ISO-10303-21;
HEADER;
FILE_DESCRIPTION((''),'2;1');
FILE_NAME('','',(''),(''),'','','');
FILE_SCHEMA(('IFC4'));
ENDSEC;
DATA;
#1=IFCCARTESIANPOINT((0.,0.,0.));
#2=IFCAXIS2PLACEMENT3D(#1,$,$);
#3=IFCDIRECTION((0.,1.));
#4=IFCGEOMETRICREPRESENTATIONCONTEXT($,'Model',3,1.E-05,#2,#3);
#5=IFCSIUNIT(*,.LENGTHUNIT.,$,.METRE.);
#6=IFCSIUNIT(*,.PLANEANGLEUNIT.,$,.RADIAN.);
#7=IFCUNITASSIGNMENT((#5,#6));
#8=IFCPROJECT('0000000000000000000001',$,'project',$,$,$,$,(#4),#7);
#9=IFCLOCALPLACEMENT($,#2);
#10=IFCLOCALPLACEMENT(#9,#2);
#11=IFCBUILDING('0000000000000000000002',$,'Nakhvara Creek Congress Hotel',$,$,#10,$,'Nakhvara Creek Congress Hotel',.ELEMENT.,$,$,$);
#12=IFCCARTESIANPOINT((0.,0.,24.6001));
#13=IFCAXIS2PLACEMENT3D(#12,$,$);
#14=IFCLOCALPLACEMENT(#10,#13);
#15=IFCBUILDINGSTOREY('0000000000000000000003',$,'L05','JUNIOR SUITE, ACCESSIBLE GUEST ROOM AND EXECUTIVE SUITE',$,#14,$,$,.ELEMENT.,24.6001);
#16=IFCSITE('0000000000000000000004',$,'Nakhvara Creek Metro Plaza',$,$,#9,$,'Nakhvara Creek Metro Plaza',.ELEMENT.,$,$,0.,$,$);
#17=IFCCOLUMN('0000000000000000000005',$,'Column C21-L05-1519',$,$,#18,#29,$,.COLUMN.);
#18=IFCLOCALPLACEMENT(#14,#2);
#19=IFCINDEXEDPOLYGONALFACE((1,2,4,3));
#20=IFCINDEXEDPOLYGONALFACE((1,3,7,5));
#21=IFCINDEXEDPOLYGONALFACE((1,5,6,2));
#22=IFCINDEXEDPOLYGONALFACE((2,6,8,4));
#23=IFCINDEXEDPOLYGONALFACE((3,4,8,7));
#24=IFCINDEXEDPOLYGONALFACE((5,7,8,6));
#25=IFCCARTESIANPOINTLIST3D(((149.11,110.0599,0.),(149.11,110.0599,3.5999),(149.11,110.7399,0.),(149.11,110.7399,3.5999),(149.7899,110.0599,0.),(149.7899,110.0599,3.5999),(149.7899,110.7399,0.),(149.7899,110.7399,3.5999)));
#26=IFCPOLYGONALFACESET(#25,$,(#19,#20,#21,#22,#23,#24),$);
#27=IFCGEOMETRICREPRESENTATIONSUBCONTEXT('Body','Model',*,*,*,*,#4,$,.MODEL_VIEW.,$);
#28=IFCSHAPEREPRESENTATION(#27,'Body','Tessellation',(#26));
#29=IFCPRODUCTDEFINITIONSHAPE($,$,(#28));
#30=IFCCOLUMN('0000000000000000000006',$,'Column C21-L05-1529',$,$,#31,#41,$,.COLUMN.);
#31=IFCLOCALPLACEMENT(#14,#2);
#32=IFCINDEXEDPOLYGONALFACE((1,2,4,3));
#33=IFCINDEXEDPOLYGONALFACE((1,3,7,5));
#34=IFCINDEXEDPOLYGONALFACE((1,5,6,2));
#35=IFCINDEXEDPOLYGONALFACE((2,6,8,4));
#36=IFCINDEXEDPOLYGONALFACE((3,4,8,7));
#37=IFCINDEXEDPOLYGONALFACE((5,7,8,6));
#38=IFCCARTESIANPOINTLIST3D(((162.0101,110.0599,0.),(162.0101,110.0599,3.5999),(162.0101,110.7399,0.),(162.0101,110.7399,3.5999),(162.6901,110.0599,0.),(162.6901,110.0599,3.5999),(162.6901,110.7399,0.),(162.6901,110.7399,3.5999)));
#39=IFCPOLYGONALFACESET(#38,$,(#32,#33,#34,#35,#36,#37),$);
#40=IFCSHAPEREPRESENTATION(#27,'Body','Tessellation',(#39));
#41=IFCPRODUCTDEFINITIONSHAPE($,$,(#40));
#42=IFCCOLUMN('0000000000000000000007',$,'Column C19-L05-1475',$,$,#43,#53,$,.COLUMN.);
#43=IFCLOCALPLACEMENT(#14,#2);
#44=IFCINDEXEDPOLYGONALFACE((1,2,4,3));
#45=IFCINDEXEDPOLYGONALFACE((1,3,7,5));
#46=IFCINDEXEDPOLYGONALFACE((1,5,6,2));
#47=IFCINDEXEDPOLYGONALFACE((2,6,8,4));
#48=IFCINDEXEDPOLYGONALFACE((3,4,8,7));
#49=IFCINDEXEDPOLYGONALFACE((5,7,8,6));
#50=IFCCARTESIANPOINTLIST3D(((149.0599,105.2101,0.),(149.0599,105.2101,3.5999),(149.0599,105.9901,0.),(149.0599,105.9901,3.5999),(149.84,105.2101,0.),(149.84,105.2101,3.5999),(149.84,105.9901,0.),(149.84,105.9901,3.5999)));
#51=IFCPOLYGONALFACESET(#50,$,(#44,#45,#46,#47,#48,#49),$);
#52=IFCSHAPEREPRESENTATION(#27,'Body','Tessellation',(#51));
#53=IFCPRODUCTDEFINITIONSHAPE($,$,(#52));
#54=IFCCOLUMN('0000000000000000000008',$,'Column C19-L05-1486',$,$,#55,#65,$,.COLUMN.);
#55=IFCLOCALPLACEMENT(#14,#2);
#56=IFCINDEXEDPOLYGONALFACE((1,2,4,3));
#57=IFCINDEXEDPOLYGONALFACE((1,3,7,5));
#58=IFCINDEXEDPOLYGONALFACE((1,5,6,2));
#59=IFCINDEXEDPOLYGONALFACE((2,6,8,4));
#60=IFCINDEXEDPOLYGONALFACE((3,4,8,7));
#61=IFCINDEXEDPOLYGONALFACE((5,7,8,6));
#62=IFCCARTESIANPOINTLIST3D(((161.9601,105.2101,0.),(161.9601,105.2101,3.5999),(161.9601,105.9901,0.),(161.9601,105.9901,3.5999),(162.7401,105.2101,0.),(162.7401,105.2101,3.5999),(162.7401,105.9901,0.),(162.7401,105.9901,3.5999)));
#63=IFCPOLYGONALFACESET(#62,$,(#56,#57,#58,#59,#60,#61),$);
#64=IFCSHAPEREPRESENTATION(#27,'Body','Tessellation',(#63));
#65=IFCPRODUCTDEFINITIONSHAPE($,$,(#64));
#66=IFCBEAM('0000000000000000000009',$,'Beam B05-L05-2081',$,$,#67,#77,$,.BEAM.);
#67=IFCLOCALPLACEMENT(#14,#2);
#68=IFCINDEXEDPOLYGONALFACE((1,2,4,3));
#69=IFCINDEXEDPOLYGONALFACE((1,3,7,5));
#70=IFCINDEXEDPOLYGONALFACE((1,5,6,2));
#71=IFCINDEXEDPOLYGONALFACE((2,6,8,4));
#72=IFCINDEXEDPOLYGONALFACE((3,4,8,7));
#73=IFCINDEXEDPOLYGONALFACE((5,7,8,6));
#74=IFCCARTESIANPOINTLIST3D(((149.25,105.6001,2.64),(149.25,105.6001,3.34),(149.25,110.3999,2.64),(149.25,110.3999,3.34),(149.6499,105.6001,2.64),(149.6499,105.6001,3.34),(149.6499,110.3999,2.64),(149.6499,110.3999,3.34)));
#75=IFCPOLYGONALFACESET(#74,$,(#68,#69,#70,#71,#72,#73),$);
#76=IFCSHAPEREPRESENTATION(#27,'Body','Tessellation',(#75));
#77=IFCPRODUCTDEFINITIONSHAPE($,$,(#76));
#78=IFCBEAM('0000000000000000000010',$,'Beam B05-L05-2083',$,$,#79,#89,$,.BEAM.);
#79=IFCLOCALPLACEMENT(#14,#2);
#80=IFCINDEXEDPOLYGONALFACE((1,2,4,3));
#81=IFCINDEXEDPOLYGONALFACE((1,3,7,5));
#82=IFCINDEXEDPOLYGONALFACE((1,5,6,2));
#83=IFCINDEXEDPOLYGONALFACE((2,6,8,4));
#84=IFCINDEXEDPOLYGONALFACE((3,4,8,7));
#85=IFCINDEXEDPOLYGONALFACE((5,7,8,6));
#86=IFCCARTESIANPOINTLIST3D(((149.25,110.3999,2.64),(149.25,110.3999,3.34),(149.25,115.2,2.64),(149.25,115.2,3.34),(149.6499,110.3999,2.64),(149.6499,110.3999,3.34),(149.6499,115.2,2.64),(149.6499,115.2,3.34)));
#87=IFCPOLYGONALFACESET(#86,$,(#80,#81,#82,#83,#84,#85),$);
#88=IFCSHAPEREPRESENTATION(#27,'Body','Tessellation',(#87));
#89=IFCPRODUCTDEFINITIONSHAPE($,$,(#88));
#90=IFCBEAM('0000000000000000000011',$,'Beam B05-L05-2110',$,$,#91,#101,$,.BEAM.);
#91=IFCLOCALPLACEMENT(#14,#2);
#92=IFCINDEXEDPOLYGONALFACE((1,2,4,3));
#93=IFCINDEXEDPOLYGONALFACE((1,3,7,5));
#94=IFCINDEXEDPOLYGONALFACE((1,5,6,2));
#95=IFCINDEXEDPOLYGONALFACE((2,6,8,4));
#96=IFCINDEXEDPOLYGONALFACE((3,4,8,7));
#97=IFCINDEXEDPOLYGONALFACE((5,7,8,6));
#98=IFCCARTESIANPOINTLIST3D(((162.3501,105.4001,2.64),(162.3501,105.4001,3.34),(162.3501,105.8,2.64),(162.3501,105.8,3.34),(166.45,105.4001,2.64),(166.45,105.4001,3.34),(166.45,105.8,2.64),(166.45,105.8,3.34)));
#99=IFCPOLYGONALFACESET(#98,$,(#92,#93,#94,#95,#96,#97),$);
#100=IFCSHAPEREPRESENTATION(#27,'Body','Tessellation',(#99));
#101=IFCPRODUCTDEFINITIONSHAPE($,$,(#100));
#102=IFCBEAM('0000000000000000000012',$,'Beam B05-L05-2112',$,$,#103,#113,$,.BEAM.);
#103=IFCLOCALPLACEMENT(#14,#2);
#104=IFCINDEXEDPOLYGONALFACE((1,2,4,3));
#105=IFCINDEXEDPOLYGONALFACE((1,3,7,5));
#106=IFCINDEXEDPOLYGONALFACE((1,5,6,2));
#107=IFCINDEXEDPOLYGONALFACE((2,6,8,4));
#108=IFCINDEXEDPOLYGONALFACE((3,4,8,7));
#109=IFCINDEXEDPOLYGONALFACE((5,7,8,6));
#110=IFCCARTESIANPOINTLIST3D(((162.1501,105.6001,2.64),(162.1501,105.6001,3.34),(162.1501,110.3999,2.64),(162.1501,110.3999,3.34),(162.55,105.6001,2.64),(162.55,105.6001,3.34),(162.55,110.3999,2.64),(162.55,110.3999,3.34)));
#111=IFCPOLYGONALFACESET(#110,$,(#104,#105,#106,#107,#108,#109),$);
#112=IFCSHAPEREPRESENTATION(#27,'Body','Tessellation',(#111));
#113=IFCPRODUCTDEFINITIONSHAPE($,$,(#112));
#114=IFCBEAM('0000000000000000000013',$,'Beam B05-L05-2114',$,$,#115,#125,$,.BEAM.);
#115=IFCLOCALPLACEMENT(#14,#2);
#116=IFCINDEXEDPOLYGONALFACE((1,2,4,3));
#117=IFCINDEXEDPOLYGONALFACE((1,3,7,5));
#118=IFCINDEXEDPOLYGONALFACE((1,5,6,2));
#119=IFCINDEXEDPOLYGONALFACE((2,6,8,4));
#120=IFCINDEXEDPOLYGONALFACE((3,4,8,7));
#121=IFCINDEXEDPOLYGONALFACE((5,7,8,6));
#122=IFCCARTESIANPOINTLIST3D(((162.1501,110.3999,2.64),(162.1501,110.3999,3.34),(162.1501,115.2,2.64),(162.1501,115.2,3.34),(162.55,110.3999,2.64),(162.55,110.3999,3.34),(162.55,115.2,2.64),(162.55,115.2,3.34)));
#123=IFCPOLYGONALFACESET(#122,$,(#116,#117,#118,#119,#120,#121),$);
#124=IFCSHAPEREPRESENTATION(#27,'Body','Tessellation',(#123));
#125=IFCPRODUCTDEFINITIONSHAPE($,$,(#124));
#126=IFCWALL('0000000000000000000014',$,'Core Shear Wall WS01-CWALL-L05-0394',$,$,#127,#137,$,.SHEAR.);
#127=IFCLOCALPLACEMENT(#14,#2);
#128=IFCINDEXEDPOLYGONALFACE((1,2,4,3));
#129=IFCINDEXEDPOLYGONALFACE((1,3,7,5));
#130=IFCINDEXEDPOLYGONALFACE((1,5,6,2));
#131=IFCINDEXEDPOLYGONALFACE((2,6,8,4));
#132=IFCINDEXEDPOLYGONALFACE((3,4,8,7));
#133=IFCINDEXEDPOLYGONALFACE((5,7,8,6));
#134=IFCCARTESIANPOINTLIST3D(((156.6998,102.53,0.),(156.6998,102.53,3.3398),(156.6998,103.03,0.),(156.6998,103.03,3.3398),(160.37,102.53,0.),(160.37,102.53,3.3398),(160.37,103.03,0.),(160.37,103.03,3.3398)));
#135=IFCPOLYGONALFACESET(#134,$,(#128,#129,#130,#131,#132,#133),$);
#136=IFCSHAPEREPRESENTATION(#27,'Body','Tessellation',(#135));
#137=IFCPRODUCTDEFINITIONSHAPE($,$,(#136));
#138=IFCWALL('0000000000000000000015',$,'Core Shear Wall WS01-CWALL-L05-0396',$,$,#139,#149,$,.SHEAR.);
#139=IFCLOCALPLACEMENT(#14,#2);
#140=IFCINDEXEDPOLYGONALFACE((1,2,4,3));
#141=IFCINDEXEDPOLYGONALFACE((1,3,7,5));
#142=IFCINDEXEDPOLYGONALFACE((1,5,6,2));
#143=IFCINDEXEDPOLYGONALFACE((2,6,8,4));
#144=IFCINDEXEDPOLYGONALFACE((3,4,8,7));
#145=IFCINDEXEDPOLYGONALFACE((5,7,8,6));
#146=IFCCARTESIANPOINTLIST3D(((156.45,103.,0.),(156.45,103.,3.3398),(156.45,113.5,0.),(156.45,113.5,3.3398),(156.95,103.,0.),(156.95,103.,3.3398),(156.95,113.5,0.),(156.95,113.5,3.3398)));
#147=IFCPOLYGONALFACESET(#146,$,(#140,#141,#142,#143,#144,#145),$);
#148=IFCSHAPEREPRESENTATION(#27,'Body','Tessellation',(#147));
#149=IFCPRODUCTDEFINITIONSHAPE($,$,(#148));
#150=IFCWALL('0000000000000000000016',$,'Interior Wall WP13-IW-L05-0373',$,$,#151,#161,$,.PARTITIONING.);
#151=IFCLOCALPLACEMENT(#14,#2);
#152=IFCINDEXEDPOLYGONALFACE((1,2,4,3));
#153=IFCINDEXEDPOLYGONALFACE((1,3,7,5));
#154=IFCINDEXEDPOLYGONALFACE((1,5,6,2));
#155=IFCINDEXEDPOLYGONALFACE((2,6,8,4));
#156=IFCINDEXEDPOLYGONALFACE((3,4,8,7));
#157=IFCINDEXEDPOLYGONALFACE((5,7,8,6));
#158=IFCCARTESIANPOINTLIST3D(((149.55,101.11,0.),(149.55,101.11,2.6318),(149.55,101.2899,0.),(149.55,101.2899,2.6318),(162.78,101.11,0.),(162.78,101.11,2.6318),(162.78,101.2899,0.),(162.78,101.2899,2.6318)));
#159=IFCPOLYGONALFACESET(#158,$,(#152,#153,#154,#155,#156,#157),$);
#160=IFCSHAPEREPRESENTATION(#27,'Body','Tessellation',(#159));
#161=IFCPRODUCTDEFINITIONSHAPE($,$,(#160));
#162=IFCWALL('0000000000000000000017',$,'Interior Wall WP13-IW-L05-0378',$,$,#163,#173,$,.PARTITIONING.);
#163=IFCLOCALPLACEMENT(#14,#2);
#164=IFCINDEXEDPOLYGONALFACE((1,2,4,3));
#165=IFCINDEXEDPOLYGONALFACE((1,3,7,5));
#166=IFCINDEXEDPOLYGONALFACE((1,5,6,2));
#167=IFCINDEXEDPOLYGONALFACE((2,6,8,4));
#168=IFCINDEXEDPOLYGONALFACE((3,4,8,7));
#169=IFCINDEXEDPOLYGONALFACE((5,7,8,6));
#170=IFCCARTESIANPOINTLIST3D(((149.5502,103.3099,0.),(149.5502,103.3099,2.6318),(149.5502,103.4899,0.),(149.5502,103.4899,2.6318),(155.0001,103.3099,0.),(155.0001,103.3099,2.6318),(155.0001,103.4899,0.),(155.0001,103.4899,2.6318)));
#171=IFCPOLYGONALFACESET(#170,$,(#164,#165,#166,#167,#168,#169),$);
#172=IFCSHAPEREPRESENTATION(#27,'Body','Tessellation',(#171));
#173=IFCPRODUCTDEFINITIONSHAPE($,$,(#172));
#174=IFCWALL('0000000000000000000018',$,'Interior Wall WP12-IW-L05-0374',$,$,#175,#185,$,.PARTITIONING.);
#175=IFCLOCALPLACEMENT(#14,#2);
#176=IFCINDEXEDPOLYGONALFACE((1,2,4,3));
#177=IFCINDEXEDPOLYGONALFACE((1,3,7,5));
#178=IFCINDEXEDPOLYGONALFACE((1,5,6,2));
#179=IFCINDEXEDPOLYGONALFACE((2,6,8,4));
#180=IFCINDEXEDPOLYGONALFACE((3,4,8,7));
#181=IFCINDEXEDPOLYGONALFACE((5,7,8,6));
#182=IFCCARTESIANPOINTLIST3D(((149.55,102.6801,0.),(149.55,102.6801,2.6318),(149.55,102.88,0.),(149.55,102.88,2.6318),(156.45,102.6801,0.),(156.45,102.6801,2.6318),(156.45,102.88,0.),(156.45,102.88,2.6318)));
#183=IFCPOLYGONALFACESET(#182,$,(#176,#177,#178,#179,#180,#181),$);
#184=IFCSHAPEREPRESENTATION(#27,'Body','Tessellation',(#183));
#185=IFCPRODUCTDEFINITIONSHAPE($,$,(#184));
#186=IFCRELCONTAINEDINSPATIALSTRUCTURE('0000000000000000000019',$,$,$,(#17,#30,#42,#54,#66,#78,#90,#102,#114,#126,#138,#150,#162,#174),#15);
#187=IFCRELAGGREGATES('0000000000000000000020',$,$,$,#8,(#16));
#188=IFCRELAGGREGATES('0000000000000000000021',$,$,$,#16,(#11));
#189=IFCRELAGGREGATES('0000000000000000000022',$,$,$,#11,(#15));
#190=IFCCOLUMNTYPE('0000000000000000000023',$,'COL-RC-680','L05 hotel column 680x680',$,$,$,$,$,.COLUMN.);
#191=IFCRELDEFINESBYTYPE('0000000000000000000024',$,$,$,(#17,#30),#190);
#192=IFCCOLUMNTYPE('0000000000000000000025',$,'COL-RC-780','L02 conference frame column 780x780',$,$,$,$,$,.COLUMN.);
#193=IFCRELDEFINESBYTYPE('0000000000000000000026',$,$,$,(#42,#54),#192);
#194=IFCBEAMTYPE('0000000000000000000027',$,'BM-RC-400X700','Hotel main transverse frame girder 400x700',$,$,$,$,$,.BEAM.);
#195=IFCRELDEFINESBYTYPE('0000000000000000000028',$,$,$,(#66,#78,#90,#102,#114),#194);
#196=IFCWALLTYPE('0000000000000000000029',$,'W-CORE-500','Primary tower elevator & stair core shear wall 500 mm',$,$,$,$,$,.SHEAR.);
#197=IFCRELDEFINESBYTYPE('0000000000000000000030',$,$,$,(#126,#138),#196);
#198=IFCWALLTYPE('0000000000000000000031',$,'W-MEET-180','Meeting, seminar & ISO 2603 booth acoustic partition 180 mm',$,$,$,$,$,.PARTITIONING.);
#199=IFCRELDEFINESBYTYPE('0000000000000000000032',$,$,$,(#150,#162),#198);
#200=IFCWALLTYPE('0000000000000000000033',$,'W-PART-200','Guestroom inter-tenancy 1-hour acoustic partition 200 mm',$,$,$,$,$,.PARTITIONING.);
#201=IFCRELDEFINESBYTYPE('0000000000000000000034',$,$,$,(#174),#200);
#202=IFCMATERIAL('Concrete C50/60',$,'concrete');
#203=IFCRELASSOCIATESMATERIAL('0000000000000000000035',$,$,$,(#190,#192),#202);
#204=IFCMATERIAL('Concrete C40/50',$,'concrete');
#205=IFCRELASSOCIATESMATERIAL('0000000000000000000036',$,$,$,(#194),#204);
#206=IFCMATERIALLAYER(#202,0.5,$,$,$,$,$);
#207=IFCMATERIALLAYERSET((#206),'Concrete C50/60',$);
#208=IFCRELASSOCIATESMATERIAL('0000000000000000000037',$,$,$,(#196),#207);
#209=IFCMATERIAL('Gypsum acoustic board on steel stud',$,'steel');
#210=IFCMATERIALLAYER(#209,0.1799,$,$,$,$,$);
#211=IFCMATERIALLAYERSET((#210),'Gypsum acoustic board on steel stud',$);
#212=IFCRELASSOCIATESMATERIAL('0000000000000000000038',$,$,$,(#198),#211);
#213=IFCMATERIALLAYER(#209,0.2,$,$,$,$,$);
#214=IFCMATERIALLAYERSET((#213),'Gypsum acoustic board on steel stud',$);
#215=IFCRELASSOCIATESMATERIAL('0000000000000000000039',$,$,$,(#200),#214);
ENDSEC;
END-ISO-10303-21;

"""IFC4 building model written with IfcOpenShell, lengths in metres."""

from ifc_helpers import new_model, si_unit, direction, frame, frame_2d, origin, origin_2d, place, context, subcontext, project, spatial, rectangle, extrude, material, layer, layer_set, material_profile, profile_set, type_object, element, save


model = new_model("IFC4")

# Units and contexts
model_context = context("Model", 3, precision=1e-05, world=origin(), true_north=direction((0.0, 1.0)))
body_context = subcontext(model_context, "Body", "Model", "MODEL_VIEW")
ifc_project = project(units=[si_unit("LENGTHUNIT", "METRE"), si_unit("PLANEANGLEUNIT", "RADIAN")], contexts=[model_context])

# Site, building, storey
site_placement = place(None, origin())
site = spatial("IfcSite", under=ifc_project, at=site_placement, Name="Nakhvara Creek Metro Plaza", LongName="Nakhvara Creek Metro Plaza", CompositionType="ELEMENT", RefElevation=0.0)
building_placement = place(site_placement, origin())
building = spatial("IfcBuilding", under=site, at=building_placement, Name="Nakhvara Creek Congress Hotel", LongName="Nakhvara Creek Congress Hotel", CompositionType="ELEMENT")
storey_placement = place(building_placement, frame((0.0, 0.0, 24.6001)))
storey = spatial("IfcBuildingStorey", under=building, at=storey_placement, Name="L05", Description="JUNIOR SUITE, ACCESSIBLE GUEST ROOM AND EXECUTIVE SUITE", CompositionType="ELEMENT", Elevation=24.6001)

# Columns
ifc_material_1 = material(Name="Concrete C50/60", Category="concrete")
ifc_material_profile_1 = material_profile(ifc_material_1, rectangle(XDim=0.6799, YDim=0.6799, at=origin_2d()), Name="RC-COL 680x680", Category="LoadBearing")
ifc_profile_set_1 = profile_set([ifc_material_profile_1], Name="Concrete C50/60")
column_type_1 = type_object("IfcColumnType", Name="COL-RC-680", Description="L05 hotel column 680x680", PredefinedType="COLUMN", material=ifc_profile_set_1)
for number, where, z_axis, x_axis, name in (
    (1, (149.45, 110.3999, 0.0), (0.0, 0.0, 1.0), (1.0, 0.0, 0.0), "Column C21-L05-1519"),
    (2, (162.3501, 110.3999, 0.0), (0.0, 0.0, 1.0), (1.0, 0.0, 0.0), "Column C21-L05-1529"),
):
    element("IfcColumn", number, at=place(storey_placement, frame(where, z_axis=z_axis, x_axis=x_axis)), inside=storey, type_object=column_type_1, Name=name, PredefinedType="COLUMN", context=body_context, shape_type="SweptSolid", body=[
        extrude(rectangle(XDim=0.6799, YDim=0.6799, at=origin_2d()), origin(), (0.0, 0.0, 1.0), 3.5999),
    ])
ifc_material_profile_2 = material_profile(ifc_material_1, rectangle(XDim=0.78, YDim=0.78, at=origin_2d()), Name="RC-COL 780x780", Category="LoadBearing")
ifc_profile_set_2 = profile_set([ifc_material_profile_2], Name="Concrete C50/60")
column_type_2 = type_object("IfcColumnType", Name="COL-RC-780", Description="L02 conference frame column 780x780", PredefinedType="COLUMN", material=ifc_profile_set_2)
for number, where, z_axis, x_axis, name in (
    (3, (149.45, 105.6001, 0.0), (0.0, 0.0, 1.0), (1.0, 0.0, 0.0), "Column C19-L05-1475"),
    (4, (162.3501, 105.6001, 0.0), (0.0, 0.0, 1.0), (1.0, 0.0, 0.0), "Column C19-L05-1486"),
):
    element("IfcColumn", number, at=place(storey_placement, frame(where, z_axis=z_axis, x_axis=x_axis)), inside=storey, type_object=column_type_2, Name=name, PredefinedType="COLUMN", context=body_context, shape_type="SweptSolid", body=[
        extrude(rectangle(XDim=0.78, YDim=0.78, at=origin_2d()), origin(), (0.0, 0.0, 1.0), 3.5999),
    ])

# Beams
ifc_material_2 = material(Name="Concrete C40/50", Category="concrete")
ifc_material_profile_3 = material_profile(ifc_material_2, rectangle(XDim=0.3999, YDim=0.7, at=origin_2d()), Name="RC-BM 400x700", Category="LoadBearing")
ifc_profile_set_3 = profile_set([ifc_material_profile_3], Name="Concrete C40/50")
beam_type = type_object("IfcBeamType", Name="BM-RC-400X700", Description="Hotel main transverse frame girder 400x700", PredefinedType="BEAM", material=ifc_profile_set_3)
beam_1_placement = place(storey_placement, frame((149.45, 105.6001, 2.99), z_axis=(0.0, 1.0, 0.0), x_axis=(-1.0, 0.0, 0.0)))
element("IfcBeam", 5, at=beam_1_placement, inside=storey, type_object=beam_type, Name="Beam B05-L05-2081", PredefinedType="BEAM", context=body_context, shape_type="SweptSolid", body=[
    extrude(rectangle(XDim=0.3999, YDim=0.7, at=origin_2d()), origin(), (0.0, 0.0, 1.0), 4.7998),
])
beam_2_placement = place(storey_placement, frame((149.45, 110.3999, 2.99), z_axis=(0.0, 1.0, 0.0), x_axis=(-1.0, 0.0, 0.0)))
element("IfcBeam", 6, at=beam_2_placement, inside=storey, type_object=beam_type, Name="Beam B05-L05-2083", PredefinedType="BEAM", context=body_context, shape_type="SweptSolid", body=[
    extrude(rectangle(XDim=0.3999, YDim=0.7, at=origin_2d()), origin(), (0.0, 0.0, 1.0), 4.8),
])
beam_3_placement = place(storey_placement, frame((162.3501, 105.6001, 2.99), z_axis=(1.0, 0.0, 0.0), x_axis=(0.0, 1.0, 0.0)))
element("IfcBeam", 7, at=beam_3_placement, inside=storey, type_object=beam_type, Name="Beam B05-L05-2110", PredefinedType="BEAM", context=body_context, shape_type="SweptSolid", body=[
    extrude(rectangle(XDim=0.3999, YDim=0.7, at=origin_2d()), origin(), (0.0, 0.0, 1.0), 4.0999),
])
beam_4_placement = place(storey_placement, frame((162.3501, 105.6001, 2.99), z_axis=(0.0, 1.0, 0.0), x_axis=(-1.0, 0.0, 0.0)))
element("IfcBeam", 8, at=beam_4_placement, inside=storey, type_object=beam_type, Name="Beam B05-L05-2112", PredefinedType="BEAM", context=body_context, shape_type="SweptSolid", body=[
    extrude(rectangle(XDim=0.3999, YDim=0.7, at=origin_2d()), origin(), (0.0, 0.0, 1.0), 4.7998),
])
beam_5_placement = place(storey_placement, frame((162.3501, 110.3999, 2.99), z_axis=(0.0, 1.0, 0.0), x_axis=(-1.0, 0.0, 0.0)))
element("IfcBeam", 9, at=beam_5_placement, inside=storey, type_object=beam_type, Name="Beam B05-L05-2114", PredefinedType="BEAM", context=body_context, shape_type="SweptSolid", body=[
    extrude(rectangle(XDim=0.3999, YDim=0.7, at=origin_2d()), origin(), (0.0, 0.0, 1.0), 4.8),
])

# Walls
ifc_layer_1 = layer(ifc_material_1, 0.5)
ifc_layer_set_1 = layer_set([ifc_layer_1], Name="Concrete C50/60")
wall_type_1 = type_object("IfcWallType", Name="W-CORE-500", Description="Primary tower elevator & stair core shear wall 500 mm", PredefinedType="SHEAR", material=ifc_layer_set_1)
wall_1_placement = place(storey_placement, frame((156.7, 102.78, 0.0), z_axis=(0.0, 0.0, 1.0), x_axis=(1.0, 0.0, 0.0)))
element("IfcWall", 10, at=wall_1_placement, inside=storey, type_object=wall_type_1, Name="Core Shear Wall WS01-CWALL-L05-0394", PredefinedType="SHEAR", context=body_context, shape_type="SweptSolid", body=[
    extrude(rectangle(XDim=3.6702, YDim=0.5, at=frame_2d((1.835, 0.0))), origin(), (0.0, 0.0, 1.0), 3.3398),
])
wall_2_placement = place(storey_placement, frame((156.7, 103.0, 0.0), z_axis=(0.0, 0.0, 1.0), x_axis=(0.0, 1.0, 0.0)))
element("IfcWall", 11, at=wall_2_placement, inside=storey, type_object=wall_type_1, Name="Core Shear Wall WS01-CWALL-L05-0396", PredefinedType="SHEAR", context=body_context, shape_type="SweptSolid", body=[
    extrude(rectangle(XDim=10.5, YDim=0.5, at=frame_2d((5.25, 0.0))), origin(), (0.0, 0.0, 1.0), 3.3398),
])

# Walls
ifc_material_3 = material(Name="Gypsum acoustic board on steel stud", Category="steel")
ifc_layer_2 = layer(ifc_material_3, 0.1799)
ifc_layer_set_2 = layer_set([ifc_layer_2], Name="Gypsum acoustic board on steel stud")
wall_type_2 = type_object("IfcWallType", Name="W-MEET-180", Description="Meeting, seminar & ISO 2603 booth acoustic partition 180 mm", PredefinedType="PARTITIONING", material=ifc_layer_set_2)
wall_3_placement = place(storey_placement, frame((149.55, 101.2, 0.0), z_axis=(0.0, 0.0, 1.0), x_axis=(1.0, 0.0, 0.0)))
element("IfcWall", 12, at=wall_3_placement, inside=storey, type_object=wall_type_2, Name="Interior Wall WP13-IW-L05-0373", PredefinedType="PARTITIONING", context=body_context, shape_type="SweptSolid", body=[
    extrude(rectangle(XDim=13.23, YDim=0.1799, at=frame_2d((6.615, 0.0))), origin(), (0.0, 0.0, 1.0), 2.6318),
])
wall_4_placement = place(storey_placement, frame((149.55, 103.3999, 0.0), z_axis=(0.0, 0.0, 1.0), x_axis=(1.0, 0.0, 0.0)))
element("IfcWall", 13, at=wall_4_placement, inside=storey, type_object=wall_type_2, Name="Interior Wall WP13-IW-L05-0378", PredefinedType="PARTITIONING", context=body_context, shape_type="SweptSolid", body=[
    extrude(rectangle(XDim=5.45, YDim=0.1799, at=frame_2d((2.7251, 0.0))), origin(), (0.0, 0.0, 1.0), 2.6318),
])
ifc_layer_3 = layer(ifc_material_3, 0.2)
ifc_layer_set_3 = layer_set([ifc_layer_3], Name="Gypsum acoustic board on steel stud")
wall_type_3 = type_object("IfcWallType", Name="W-PART-200", Description="Guestroom inter-tenancy 1-hour acoustic partition 200 mm", PredefinedType="PARTITIONING", material=ifc_layer_set_3)
wall_5_placement = place(storey_placement, frame((149.55, 102.78, 0.0), z_axis=(0.0, 0.0, 1.0), x_axis=(1.0, 0.0, 0.0)))
element("IfcWall", 14, at=wall_5_placement, inside=storey, type_object=wall_type_3, Name="Interior Wall WP12-IW-L05-0374", PredefinedType="PARTITIONING", context=body_context, shape_type="SweptSolid", body=[
    extrude(rectangle(XDim=6.8999, YDim=0.2, at=frame_2d((3.45, 0.0))), origin(), (0.0, 0.0, 1.0), 2.6318),
])

save(model, "model.ifc")
